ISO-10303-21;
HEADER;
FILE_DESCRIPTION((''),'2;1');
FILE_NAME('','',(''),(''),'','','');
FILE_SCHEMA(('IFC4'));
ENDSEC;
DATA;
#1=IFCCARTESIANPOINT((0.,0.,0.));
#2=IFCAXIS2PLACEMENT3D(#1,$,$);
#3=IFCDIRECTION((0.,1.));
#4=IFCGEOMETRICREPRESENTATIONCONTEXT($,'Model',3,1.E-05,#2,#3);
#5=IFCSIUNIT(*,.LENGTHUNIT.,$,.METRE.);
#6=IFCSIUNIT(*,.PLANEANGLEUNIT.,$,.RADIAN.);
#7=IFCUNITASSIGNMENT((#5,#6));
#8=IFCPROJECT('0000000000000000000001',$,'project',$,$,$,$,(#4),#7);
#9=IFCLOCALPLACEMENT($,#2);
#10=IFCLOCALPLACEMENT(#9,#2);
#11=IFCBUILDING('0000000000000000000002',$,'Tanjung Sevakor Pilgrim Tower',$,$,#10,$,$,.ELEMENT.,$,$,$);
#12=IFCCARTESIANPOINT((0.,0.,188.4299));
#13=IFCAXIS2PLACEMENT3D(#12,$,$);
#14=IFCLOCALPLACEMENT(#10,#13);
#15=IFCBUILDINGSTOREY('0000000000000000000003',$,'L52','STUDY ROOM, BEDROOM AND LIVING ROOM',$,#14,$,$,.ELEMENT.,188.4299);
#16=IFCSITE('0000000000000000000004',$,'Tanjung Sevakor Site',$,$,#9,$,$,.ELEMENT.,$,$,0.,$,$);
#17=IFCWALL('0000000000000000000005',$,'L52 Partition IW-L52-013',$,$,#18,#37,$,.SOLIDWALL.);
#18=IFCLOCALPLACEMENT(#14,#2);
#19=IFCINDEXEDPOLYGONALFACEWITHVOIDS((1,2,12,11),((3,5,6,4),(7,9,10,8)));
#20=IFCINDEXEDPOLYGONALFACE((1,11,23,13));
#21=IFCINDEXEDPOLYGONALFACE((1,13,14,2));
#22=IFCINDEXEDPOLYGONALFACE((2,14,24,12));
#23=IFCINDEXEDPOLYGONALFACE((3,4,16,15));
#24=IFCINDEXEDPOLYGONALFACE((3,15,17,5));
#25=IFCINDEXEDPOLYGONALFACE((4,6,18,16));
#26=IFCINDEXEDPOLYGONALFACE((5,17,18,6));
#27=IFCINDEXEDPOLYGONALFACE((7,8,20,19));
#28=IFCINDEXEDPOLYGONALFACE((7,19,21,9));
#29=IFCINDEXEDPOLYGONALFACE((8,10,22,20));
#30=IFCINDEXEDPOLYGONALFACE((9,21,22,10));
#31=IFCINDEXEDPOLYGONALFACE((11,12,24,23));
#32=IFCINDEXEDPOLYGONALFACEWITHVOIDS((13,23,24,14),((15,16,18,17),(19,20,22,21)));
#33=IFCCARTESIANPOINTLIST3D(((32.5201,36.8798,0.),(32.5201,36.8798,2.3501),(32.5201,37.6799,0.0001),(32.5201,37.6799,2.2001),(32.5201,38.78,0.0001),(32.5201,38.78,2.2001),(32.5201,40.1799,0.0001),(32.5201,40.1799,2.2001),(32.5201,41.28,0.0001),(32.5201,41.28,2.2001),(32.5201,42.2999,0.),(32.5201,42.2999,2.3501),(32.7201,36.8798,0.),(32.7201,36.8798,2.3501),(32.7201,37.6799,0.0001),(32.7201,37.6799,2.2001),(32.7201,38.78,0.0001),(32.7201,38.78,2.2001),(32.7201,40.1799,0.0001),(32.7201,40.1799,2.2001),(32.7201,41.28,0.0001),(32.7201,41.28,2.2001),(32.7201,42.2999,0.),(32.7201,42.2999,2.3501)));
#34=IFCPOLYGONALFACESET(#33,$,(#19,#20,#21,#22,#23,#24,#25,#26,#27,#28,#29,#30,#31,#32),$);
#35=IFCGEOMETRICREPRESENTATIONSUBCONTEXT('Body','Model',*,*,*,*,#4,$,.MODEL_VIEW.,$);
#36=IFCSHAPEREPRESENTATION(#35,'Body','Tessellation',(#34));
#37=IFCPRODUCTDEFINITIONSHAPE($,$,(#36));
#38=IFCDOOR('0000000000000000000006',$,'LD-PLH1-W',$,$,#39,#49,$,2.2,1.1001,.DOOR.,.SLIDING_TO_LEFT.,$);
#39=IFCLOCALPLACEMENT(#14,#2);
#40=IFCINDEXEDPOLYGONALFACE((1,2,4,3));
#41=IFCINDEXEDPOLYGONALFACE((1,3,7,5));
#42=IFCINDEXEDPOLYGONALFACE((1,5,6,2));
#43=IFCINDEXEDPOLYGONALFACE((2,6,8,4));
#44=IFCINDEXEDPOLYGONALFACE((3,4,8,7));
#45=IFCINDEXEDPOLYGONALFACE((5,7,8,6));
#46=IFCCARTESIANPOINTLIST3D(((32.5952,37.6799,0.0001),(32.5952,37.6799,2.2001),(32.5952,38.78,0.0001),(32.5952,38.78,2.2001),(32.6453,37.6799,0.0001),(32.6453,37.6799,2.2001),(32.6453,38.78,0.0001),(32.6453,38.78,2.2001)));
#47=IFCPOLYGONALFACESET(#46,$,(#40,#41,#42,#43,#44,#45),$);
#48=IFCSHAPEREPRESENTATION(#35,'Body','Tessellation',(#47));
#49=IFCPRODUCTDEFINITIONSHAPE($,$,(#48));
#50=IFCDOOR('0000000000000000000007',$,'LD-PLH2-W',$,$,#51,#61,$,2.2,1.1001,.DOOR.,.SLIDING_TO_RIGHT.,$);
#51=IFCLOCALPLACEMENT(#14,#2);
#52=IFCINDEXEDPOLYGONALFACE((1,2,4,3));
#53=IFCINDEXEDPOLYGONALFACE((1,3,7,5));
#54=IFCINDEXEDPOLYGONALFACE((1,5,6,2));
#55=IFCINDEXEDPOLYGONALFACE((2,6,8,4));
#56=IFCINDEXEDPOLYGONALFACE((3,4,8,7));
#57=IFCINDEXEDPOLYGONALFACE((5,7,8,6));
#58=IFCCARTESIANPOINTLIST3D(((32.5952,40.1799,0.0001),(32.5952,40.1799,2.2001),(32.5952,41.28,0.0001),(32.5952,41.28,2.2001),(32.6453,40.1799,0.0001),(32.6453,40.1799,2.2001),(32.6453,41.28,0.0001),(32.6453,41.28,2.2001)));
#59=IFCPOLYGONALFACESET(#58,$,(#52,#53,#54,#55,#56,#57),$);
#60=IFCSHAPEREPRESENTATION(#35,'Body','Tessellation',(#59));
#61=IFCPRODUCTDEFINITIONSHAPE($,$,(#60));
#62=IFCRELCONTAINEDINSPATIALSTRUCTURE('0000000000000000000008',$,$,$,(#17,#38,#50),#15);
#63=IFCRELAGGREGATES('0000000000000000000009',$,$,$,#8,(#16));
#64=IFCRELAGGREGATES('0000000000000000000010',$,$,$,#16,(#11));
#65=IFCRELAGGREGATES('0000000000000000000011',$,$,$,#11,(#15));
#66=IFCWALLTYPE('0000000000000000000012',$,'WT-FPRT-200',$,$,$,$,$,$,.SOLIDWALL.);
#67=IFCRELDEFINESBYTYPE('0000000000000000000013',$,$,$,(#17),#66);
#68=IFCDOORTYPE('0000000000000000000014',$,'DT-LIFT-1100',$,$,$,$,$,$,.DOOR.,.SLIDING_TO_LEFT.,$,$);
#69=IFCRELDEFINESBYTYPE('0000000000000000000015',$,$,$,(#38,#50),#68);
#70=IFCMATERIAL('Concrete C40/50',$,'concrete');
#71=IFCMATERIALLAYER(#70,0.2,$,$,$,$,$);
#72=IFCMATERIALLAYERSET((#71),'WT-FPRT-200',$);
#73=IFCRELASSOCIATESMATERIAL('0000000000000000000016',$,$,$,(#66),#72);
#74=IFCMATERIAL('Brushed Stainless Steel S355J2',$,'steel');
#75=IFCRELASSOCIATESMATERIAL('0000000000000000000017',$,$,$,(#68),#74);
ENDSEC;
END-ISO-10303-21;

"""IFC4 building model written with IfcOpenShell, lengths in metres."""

from ifc_helpers import new_model, si_unit, direction, frame, frame_2d, origin, place, context, subcontext, project, spatial, rectangle, extrude, material, layer, layer_set, type_object, element, fill, save


model = new_model("IFC4")

# Units and contexts
model_context = context("Model", 3, precision=1e-05, world=origin(), true_north=direction((0.0, 1.0)))
body_context = subcontext(model_context, "Body", "Model", "MODEL_VIEW")
ifc_project = project(units=[si_unit("LENGTHUNIT", "METRE"), si_unit("PLANEANGLEUNIT", "RADIAN")], contexts=[model_context])

# Site, building, storey
site_placement = place(None, origin())
site = spatial("IfcSite", under=ifc_project, at=site_placement, Name="Tanjung Sevakor Site", CompositionType="ELEMENT", RefElevation=0.0)
building_placement = place(site_placement, origin())
building = spatial("IfcBuilding", under=site, at=building_placement, Name="Tanjung Sevakor Pilgrim Tower", CompositionType="ELEMENT")
storey_placement = place(building_placement, frame((0.0, 0.0, 188.4299)))
storey = spatial("IfcBuildingStorey", under=building, at=storey_placement, Name="L52", Description="STUDY ROOM, BEDROOM AND LIVING ROOM", CompositionType="ELEMENT", Elevation=188.4299)

# Shared definitions
ifc_material_1 = material(Name="Concrete C40/50", Category="concrete")
ifc_layer_1 = layer(ifc_material_1, 0.2)
ifc_layer_set_1 = layer_set([ifc_layer_1], Name="WT-FPRT-200")
wall_type_1 = type_object("IfcWallType", Name="WT-FPRT-200", PredefinedType="SOLIDWALL", material=ifc_layer_set_1)

# Wall, openings, doors
wall_1_placement = place(storey_placement, frame((32.6201, 36.8799, 0.0), z_axis=(0.0, 0.0, 1.0), x_axis=(0.0, 1.0, 0.0)))
wall_1 = element("IfcWall", 1, at=wall_1_placement, inside=storey, type_object=wall_type_1, Name="L52 Partition IW-L52-013", PredefinedType="SOLIDWALL", context=body_context, shape_type="SweptSolid", body=[
    extrude(rectangle(XDim=5.4202, YDim=0.2, at=frame_2d((2.71, 0.0))), origin(), (0.0, 0.0, 1.0), 2.3501),
])
opening_1_placement = place(wall_1_placement, frame((0.8, 0.0, 0.0)))
opening_1 = element("IfcOpeningElement", 2, at=opening_1_placement, cuts=wall_1, PredefinedType="OPENING", context=body_context, shape_type="SweptSolid", body=[
    extrude(rectangle(XDim=1.1001, YDim=2.2, at=frame_2d((0.55, 1.1001))), frame((0.0, 0.1099, 0.0), z_axis=(0.0, -1.0, 0.0), x_axis=(1.0, 0.0, 0.0)), (0.0, 0.0, 1.0), 0.22),
])
opening_2_placement = place(wall_1_placement, frame((3.3, 0.0, 0.0)))
opening_2 = element("IfcOpeningElement", 3, at=opening_2_placement, cuts=wall_1, PredefinedType="OPENING", context=body_context, shape_type="SweptSolid", body=[
    extrude(rectangle(XDim=1.1001, YDim=2.2, at=frame_2d((0.55, 1.1001))), frame((0.0, 0.1099, 0.0), z_axis=(0.0, -1.0, 0.0), x_axis=(1.0, 0.0, 0.0)), (0.0, 0.0, 1.0), 0.22),
])
ifc_material_2 = material(Name="Brushed Stainless Steel S355J2", Category="steel")
door_type_1 = type_object("IfcDoorType", Name="DT-LIFT-1100", OperationType="SLIDING_TO_LEFT", PredefinedType="DOOR", material=ifc_material_2)
door_1_placement = place(opening_1_placement, origin())
door_1 = element("IfcDoor", 4, at=door_1_placement, inside=storey, type_object=door_type_1, Name="LD-PLH1-W", OperationType="SLIDING_TO_LEFT", OverallHeight=2.2, OverallWidth=1.1001, PredefinedType="DOOR", context=body_context, shape_type="SweptSolid", body=[
    extrude(rectangle(XDim=1.1001, YDim=2.2, at=frame_2d((0.55, 1.1001))), frame((0.0, 0.0249, 0.0), z_axis=(0.0, -1.0, 0.0), x_axis=(1.0, 0.0, 0.0)), (0.0, 0.0, 1.0), 0.05),
])
fill(opening_1, door_1)
door_2_placement = place(opening_2_placement, origin())
door_2 = element("IfcDoor", 5, at=door_2_placement, inside=storey, type_object=door_type_1, Name="LD-PLH2-W", OperationType="SLIDING_TO_RIGHT", OverallHeight=2.2, OverallWidth=1.1001, PredefinedType="DOOR", context=body_context, shape_type="SweptSolid", body=[
    extrude(rectangle(XDim=1.1001, YDim=2.2, at=frame_2d((0.55, 1.1001))), frame((0.0, 0.0249, 0.0), z_axis=(0.0, -1.0, 0.0), x_axis=(1.0, 0.0, 0.0)), (0.0, 0.0, 1.0), 0.05),
])
fill(opening_2, door_2)

save(model, "model.ifc")
